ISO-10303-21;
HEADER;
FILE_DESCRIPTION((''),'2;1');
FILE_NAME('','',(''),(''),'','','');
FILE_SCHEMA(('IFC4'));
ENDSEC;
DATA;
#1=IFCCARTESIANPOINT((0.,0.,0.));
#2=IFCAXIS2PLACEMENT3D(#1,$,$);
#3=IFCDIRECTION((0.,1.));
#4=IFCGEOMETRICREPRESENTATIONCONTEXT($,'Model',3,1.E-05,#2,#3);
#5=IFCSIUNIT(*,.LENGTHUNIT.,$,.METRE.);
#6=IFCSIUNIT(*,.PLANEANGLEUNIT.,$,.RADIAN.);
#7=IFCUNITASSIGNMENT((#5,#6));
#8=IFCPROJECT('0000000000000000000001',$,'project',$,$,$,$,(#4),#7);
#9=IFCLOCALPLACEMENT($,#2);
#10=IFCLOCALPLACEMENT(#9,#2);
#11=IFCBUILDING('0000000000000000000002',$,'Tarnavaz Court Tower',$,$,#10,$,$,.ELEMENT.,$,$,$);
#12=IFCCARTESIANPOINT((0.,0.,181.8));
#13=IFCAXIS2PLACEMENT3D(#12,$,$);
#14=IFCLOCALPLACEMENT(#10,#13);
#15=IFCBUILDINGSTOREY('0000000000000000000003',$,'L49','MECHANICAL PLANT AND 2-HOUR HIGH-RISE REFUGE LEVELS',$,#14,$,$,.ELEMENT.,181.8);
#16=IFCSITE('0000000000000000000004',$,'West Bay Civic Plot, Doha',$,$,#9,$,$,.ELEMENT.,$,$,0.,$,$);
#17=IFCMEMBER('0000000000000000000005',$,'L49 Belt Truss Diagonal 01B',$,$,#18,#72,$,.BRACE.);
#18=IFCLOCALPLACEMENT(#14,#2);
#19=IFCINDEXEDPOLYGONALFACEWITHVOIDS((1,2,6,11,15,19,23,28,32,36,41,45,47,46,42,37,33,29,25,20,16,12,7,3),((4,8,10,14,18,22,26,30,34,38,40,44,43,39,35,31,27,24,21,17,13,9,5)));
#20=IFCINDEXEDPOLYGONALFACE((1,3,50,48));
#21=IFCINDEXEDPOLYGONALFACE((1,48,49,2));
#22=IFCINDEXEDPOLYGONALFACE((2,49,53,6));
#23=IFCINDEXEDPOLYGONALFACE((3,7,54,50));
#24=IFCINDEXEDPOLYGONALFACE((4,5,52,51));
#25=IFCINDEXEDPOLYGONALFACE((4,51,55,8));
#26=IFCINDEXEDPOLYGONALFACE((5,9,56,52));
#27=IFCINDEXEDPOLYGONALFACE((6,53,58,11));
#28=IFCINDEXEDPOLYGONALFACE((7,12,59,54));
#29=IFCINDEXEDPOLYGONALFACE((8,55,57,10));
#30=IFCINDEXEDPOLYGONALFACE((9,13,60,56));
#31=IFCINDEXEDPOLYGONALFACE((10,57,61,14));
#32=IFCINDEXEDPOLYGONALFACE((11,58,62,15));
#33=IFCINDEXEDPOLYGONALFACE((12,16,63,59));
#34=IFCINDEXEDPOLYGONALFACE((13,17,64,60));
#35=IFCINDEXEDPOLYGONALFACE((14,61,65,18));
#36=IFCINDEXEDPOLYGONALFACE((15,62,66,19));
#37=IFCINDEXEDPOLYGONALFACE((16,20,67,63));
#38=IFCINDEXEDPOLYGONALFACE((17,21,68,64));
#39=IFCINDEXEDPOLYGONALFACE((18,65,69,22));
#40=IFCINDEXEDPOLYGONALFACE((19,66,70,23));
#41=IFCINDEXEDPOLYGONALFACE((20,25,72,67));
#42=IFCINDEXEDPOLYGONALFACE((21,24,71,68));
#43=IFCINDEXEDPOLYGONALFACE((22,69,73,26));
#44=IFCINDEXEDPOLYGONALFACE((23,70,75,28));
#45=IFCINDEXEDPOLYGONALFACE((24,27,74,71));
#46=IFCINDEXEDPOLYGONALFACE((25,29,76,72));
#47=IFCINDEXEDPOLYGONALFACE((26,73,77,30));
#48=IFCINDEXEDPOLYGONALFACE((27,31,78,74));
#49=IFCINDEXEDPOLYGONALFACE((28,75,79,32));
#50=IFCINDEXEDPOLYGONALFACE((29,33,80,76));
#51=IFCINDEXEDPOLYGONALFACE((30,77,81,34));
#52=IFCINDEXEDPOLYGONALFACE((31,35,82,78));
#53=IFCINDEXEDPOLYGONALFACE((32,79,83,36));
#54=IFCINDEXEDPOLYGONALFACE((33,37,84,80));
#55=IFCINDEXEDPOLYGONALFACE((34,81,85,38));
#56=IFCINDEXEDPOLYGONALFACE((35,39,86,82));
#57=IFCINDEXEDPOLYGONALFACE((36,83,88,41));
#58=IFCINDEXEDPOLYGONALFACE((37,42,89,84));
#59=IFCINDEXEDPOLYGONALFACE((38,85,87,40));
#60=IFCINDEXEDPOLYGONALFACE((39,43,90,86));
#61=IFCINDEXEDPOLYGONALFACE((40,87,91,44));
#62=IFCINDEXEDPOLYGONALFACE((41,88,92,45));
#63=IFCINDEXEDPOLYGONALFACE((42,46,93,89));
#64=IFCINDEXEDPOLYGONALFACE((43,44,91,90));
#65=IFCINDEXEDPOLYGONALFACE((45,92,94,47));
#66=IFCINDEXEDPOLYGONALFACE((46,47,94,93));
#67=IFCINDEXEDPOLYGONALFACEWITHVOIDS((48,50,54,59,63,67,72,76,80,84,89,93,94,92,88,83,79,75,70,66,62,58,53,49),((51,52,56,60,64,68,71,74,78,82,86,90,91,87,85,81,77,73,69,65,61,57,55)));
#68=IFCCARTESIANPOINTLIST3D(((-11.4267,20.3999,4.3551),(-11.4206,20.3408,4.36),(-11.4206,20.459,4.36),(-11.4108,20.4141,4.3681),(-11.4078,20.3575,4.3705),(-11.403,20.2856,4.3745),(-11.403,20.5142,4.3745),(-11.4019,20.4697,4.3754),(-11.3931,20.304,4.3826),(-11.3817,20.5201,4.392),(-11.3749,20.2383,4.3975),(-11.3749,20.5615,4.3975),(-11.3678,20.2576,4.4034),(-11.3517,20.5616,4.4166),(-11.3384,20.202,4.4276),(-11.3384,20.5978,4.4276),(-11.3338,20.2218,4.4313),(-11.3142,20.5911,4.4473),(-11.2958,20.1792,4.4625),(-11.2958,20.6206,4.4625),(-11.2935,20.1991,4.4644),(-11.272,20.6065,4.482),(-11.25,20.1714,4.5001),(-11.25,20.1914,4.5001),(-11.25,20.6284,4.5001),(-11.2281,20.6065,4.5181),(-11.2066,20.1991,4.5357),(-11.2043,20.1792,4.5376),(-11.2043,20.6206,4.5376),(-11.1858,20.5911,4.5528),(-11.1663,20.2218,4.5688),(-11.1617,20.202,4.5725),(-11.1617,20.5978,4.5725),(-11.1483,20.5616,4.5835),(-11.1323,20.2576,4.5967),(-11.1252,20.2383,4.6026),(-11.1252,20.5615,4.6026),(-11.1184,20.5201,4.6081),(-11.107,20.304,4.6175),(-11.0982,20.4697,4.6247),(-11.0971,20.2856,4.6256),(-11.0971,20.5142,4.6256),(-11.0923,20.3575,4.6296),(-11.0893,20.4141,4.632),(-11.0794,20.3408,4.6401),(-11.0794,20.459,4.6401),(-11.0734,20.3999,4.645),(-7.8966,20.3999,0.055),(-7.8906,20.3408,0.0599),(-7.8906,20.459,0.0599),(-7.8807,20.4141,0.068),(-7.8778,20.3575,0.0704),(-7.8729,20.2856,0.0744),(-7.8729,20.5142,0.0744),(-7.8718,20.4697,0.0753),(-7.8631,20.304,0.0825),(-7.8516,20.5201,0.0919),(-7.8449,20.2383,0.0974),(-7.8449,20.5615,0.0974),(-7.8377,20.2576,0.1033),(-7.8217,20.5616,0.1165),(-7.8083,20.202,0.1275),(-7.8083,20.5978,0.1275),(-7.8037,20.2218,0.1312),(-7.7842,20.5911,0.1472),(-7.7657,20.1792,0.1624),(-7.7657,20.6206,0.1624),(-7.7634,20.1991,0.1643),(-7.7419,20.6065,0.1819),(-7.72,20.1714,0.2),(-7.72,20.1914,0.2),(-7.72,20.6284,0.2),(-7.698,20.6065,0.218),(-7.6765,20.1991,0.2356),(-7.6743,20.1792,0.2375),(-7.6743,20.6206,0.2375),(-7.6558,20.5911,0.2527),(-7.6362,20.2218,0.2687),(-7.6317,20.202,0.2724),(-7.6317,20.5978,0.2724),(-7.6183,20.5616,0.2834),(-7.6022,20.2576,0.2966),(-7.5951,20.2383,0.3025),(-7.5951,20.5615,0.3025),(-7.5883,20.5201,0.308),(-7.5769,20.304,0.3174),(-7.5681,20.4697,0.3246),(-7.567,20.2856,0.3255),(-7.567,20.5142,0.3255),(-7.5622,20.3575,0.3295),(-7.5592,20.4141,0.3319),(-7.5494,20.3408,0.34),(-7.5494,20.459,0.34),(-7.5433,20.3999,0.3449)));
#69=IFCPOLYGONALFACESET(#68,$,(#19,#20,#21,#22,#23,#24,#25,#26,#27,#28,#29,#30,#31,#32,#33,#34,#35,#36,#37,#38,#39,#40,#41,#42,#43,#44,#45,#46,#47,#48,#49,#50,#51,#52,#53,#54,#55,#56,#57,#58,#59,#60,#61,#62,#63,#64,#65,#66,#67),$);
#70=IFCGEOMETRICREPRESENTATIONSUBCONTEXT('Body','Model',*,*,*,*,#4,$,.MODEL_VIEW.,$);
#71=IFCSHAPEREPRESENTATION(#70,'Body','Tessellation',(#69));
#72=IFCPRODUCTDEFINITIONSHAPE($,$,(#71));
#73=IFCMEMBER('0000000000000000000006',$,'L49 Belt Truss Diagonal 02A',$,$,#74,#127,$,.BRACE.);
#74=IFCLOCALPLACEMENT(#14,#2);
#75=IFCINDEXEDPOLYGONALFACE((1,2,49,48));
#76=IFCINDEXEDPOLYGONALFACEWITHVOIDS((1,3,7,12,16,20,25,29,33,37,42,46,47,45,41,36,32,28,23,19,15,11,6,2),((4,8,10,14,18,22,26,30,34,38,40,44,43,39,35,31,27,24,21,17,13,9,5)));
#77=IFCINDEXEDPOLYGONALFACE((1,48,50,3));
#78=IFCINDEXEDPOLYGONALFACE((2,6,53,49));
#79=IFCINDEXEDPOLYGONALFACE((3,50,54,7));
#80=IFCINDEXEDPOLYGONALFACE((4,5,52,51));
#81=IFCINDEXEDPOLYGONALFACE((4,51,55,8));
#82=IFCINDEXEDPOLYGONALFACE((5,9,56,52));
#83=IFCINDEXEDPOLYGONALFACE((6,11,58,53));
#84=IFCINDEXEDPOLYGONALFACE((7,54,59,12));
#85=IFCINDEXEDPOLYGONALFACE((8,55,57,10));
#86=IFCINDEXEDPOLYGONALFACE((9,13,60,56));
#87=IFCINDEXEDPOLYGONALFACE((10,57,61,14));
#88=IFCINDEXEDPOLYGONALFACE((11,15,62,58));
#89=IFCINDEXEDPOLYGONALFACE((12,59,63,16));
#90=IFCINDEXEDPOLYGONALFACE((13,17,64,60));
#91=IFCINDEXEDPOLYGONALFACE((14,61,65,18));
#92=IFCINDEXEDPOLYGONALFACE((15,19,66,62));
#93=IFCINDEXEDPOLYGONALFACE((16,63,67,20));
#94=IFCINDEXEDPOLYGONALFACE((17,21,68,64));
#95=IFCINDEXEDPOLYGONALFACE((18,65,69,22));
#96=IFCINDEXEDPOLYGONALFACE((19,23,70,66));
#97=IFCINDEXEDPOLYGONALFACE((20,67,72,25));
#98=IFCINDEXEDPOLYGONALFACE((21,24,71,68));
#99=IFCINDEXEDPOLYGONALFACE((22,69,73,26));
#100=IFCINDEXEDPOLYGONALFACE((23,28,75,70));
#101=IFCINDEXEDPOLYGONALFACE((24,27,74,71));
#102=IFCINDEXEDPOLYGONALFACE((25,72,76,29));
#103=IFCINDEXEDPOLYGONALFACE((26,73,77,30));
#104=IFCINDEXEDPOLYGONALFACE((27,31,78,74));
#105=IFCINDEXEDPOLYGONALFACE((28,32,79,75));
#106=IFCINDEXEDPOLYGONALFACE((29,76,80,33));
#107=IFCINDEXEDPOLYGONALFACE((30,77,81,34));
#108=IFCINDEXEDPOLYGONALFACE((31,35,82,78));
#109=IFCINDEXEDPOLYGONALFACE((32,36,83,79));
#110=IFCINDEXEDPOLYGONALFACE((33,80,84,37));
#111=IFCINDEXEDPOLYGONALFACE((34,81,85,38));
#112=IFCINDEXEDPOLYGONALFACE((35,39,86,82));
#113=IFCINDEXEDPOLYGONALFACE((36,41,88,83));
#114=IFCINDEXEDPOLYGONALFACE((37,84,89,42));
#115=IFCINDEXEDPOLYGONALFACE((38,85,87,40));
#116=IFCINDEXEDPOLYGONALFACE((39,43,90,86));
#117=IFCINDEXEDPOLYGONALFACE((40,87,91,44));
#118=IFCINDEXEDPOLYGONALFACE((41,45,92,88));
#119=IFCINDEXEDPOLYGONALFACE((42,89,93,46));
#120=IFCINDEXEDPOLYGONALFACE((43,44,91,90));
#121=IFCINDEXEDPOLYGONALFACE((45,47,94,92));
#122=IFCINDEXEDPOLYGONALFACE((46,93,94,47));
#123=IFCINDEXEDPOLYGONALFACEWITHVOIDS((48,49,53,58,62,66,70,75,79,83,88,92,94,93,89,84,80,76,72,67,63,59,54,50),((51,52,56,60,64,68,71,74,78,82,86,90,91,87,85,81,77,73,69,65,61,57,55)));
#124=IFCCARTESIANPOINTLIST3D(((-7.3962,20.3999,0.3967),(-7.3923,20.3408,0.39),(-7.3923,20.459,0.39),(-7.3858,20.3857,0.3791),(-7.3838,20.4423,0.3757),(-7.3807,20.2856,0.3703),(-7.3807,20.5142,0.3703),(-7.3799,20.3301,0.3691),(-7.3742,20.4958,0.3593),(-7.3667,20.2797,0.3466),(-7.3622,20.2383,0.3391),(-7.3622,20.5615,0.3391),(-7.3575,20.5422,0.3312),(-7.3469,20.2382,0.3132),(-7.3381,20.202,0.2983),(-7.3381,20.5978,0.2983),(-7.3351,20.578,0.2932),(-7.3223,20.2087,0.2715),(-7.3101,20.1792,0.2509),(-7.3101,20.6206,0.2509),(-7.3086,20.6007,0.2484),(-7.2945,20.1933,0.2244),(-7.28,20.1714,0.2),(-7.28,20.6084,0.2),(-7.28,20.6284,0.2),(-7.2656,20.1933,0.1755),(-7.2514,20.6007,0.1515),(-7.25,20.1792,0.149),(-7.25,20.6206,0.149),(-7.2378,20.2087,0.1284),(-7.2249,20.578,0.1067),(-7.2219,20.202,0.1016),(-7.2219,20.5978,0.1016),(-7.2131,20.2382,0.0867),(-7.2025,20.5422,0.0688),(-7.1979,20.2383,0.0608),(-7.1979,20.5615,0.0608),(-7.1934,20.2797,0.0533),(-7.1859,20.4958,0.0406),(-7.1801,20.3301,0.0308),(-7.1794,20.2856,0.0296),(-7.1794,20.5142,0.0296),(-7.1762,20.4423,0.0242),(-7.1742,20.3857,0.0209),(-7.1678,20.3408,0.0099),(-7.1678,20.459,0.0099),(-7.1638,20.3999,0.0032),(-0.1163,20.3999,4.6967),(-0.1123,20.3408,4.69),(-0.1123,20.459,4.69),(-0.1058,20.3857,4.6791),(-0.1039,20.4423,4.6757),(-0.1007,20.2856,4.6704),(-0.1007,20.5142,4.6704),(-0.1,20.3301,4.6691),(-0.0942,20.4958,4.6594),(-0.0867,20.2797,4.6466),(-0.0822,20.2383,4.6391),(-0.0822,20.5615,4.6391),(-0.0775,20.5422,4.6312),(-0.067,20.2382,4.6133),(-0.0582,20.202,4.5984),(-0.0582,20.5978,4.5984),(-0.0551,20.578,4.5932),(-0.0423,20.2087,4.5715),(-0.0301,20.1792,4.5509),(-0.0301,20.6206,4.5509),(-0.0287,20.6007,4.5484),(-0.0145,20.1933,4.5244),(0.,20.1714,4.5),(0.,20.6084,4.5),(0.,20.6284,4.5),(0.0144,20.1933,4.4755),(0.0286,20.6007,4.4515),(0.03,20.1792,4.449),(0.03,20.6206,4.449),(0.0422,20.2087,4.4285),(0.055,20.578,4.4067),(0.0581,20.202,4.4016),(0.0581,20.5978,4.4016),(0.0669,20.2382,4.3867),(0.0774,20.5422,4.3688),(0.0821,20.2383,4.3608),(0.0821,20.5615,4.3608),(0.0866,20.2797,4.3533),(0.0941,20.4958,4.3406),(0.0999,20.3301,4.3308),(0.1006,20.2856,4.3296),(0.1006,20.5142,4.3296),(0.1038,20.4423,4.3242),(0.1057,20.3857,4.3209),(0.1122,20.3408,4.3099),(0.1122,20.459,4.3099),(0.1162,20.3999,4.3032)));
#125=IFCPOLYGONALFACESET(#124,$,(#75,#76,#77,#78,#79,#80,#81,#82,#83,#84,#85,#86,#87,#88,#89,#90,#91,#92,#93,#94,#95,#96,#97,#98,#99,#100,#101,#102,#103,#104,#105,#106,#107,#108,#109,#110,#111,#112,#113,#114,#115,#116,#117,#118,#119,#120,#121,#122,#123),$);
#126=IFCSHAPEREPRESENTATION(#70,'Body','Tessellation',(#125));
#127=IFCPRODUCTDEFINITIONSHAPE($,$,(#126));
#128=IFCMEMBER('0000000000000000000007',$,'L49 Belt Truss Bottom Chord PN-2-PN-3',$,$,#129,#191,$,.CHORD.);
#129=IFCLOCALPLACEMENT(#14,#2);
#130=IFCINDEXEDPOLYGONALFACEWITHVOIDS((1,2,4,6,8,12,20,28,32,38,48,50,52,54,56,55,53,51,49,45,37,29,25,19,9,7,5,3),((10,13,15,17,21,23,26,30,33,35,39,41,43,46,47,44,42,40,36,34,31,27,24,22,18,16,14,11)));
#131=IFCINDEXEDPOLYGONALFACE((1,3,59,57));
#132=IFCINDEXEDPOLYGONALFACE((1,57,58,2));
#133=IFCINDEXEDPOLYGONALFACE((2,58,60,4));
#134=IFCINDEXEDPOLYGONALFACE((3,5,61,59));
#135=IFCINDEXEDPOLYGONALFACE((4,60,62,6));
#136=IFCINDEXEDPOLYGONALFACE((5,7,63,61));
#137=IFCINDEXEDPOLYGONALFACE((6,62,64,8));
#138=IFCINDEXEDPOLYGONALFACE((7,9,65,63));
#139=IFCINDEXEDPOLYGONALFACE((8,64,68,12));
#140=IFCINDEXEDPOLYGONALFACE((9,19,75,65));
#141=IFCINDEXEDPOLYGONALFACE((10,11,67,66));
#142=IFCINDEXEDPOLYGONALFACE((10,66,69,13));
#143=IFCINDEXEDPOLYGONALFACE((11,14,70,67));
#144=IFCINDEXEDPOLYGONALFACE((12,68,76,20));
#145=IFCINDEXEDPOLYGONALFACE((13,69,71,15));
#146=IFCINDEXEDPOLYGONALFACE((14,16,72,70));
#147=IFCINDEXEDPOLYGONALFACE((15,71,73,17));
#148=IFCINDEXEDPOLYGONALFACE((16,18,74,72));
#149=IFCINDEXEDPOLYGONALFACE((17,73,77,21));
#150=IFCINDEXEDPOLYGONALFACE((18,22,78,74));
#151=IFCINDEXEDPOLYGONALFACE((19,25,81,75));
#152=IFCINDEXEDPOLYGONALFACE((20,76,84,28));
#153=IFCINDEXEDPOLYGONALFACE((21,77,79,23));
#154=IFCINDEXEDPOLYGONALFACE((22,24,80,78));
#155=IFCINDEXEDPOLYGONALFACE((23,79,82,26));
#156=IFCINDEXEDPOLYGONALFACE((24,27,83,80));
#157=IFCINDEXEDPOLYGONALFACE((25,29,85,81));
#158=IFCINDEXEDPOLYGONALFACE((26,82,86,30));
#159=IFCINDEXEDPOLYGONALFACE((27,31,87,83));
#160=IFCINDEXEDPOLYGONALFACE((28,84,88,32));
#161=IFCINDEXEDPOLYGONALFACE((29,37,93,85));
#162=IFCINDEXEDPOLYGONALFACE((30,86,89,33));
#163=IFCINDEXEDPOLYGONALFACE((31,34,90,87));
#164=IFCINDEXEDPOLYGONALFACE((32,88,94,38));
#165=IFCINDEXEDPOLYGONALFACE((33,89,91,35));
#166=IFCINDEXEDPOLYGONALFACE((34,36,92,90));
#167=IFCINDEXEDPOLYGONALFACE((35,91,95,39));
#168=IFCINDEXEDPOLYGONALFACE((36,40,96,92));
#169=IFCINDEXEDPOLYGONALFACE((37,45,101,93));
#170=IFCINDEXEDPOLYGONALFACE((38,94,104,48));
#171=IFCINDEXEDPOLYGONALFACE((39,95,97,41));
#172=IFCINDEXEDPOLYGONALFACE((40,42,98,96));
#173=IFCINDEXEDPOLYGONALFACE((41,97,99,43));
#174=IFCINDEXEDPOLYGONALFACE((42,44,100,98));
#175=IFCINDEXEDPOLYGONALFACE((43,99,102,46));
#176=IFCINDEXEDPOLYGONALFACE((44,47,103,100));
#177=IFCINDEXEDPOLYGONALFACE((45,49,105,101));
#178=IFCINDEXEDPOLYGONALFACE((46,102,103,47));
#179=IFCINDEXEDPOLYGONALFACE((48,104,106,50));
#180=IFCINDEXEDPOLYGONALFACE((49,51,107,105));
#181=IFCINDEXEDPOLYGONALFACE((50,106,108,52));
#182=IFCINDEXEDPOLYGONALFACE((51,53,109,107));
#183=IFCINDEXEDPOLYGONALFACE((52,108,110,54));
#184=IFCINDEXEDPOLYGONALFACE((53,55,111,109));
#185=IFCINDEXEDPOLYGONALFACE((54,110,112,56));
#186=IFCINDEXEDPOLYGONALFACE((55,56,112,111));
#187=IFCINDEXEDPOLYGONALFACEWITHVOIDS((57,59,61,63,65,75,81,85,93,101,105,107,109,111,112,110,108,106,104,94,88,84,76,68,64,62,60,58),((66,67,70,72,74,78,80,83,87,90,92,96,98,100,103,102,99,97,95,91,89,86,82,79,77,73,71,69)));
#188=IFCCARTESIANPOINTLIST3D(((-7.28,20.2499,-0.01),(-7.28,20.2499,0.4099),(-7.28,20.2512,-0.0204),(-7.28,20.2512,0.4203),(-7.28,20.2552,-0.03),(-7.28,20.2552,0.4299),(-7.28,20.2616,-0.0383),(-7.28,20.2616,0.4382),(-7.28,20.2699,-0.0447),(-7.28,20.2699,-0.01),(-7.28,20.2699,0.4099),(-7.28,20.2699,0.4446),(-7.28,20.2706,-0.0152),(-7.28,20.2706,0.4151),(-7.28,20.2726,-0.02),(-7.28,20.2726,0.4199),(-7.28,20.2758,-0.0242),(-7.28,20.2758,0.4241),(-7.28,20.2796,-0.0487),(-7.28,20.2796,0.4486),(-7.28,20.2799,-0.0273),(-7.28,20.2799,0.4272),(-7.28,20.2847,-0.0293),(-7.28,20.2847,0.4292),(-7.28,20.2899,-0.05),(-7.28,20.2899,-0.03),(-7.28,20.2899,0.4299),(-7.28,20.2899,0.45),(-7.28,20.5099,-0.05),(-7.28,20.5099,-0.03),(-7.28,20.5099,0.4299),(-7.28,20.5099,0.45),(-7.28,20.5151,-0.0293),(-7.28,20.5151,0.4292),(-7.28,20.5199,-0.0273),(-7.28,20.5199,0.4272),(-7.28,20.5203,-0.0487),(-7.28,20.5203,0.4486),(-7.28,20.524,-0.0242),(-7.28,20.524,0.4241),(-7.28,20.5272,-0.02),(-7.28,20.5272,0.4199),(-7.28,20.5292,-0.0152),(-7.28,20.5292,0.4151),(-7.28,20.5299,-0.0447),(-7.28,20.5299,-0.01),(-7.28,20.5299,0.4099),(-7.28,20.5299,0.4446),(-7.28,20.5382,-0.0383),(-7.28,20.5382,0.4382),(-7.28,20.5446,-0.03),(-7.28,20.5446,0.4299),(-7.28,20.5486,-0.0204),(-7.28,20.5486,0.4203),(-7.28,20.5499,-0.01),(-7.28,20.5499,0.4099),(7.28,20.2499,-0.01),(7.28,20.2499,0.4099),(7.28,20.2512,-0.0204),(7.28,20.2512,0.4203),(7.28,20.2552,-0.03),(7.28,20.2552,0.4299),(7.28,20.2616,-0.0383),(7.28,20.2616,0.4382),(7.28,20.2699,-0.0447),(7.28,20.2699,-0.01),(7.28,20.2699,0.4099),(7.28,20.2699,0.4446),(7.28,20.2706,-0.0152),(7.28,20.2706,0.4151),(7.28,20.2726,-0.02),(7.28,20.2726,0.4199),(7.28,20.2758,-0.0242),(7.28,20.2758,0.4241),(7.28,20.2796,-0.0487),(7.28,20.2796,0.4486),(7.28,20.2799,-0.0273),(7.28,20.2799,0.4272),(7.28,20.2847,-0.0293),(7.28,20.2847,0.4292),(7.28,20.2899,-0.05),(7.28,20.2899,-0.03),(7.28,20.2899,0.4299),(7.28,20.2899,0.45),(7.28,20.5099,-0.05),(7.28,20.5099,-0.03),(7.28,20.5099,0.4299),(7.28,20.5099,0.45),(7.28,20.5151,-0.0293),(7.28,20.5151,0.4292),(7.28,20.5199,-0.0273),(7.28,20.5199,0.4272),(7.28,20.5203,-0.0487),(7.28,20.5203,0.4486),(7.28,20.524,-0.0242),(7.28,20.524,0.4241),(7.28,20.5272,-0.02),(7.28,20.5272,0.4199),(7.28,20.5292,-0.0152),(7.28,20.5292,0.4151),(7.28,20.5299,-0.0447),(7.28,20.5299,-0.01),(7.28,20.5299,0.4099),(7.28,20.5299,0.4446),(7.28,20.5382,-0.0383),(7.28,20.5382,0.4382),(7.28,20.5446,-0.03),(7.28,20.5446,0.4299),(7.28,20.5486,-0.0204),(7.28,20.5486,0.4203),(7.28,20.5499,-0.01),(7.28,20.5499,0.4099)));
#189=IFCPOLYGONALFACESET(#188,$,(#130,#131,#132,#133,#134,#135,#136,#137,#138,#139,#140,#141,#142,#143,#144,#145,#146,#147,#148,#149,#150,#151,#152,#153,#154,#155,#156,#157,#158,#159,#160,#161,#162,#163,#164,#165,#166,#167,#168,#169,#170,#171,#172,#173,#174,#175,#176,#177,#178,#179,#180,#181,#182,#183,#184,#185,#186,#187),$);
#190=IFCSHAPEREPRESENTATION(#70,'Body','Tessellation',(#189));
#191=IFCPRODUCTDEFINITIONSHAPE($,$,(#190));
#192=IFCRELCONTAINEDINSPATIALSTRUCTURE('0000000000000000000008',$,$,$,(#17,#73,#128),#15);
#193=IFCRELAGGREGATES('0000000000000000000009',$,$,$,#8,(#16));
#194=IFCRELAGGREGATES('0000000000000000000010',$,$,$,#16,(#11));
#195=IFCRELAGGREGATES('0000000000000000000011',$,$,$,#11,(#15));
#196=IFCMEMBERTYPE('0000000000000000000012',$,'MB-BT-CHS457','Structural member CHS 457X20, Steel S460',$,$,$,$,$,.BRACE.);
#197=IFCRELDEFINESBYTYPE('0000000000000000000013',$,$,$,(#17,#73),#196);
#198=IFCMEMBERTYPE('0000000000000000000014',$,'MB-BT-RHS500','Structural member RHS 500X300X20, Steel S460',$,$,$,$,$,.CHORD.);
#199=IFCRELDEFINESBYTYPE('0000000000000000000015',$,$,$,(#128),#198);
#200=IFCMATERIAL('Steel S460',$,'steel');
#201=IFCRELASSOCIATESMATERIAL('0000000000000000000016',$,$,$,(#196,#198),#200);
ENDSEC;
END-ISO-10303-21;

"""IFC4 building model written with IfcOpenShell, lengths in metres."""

from ifc_helpers import new_model, si_unit, direction, frame, origin, origin_2d, place, context, subcontext, project, spatial, hollow_rectangle, hollow_circle, extrude, material, material_profile, profile_set, type_object, element, save


model = new_model("IFC4")

# Units and contexts
model_context = context("Model", 3, precision=1e-05, world=origin(), true_north=direction((0.0, 1.0)))
body_context = subcontext(model_context, "Body", "Model", "MODEL_VIEW")
ifc_project = project(units=[si_unit("LENGTHUNIT", "METRE"), si_unit("PLANEANGLEUNIT", "RADIAN")], contexts=[model_context])

# Site, building, storey
site_placement = place(None, origin())
site = spatial("IfcSite", under=ifc_project, at=site_placement, Name="West Bay Civic Plot, Doha", CompositionType="ELEMENT", RefElevation=0.0)
building_placement = place(site_placement, origin())
building = spatial("IfcBuilding", under=site, at=building_placement, Name="Tarnavaz Court Tower", CompositionType="ELEMENT")
storey_placement = place(building_placement, frame((0.0, 0.0, 181.8)))
storey = spatial("IfcBuildingStorey", under=building, at=storey_placement, Name="L49", Description="MECHANICAL PLANT AND 2-HOUR HIGH-RISE REFUGE LEVELS", CompositionType="ELEMENT", Elevation=181.8)

# Shared definitions
ifc_material_1 = material(Name="Steel S460", Category="steel")

# Members
ifc_material_profile_1 = material_profile(ifc_material_1, hollow_circle(Radius=0.2285, WallThickness=0.02, at=origin_2d()), Name="CHS 457X20")
ifc_profile_set_1 = profile_set([ifc_material_profile_1], Name="Steel S460")
member_type_1 = type_object("IfcMemberType", Name="MB-BT-CHS457", Description="Structural member CHS 457X20, Steel S460", PredefinedType="BRACE", material=ifc_profile_set_1)
member_1_placement = place(storey_placement, frame((-7.72, 20.3999, 0.2), z_axis=(-0.634508, 0.0, 0.772916), x_axis=(0.0, -1.0, 0.0)))
element("IfcMember", 1, at=member_1_placement, inside=storey, type_object=member_type_1, Name="L49 Belt Truss Diagonal 01B", PredefinedType="BRACE", context=body_context, shape_type="SweptSolid", body=[
    extrude(hollow_circle(Radius=0.2285, WallThickness=0.02, at=origin_2d()), origin(), (0.0, 0.0, 1.0), 5.5635),
])
member_2_placement = place(storey_placement, frame((-7.28, 20.3999, 0.2), z_axis=(0.861019, 0.0, 0.508573), x_axis=(0.0, 1.0, 0.0)))
element("IfcMember", 2, at=member_2_placement, inside=storey, type_object=member_type_1, Name="L49 Belt Truss Diagonal 02A", PredefinedType="BRACE", context=body_context, shape_type="SweptSolid", body=[
    extrude(hollow_circle(Radius=0.2285, WallThickness=0.02, at=origin_2d()), origin(), (0.0, 0.0, 1.0), 8.4551),
])
ifc_material_profile_2 = material_profile(ifc_material_1, hollow_rectangle(XDim=0.3, YDim=0.5, WallThickness=0.02, InnerFilletRadius=0.02, OuterFilletRadius=0.04, at=origin_2d()), Name="RHS 500X300X20")
ifc_profile_set_2 = profile_set([ifc_material_profile_2], Name="Steel S460")
member_type_2 = type_object("IfcMemberType", Name="MB-BT-RHS500", Description="Structural member RHS 500X300X20, Steel S460", PredefinedType="CHORD", material=ifc_profile_set_2)
member_3_placement = place(storey_placement, frame((-7.28, 20.3999, 0.2), z_axis=(1.0, 0.0, 0.0), x_axis=(0.0, 1.0, 0.0)))
element("IfcMember", 3, at=member_3_placement, inside=storey, type_object=member_type_2, Name="L49 Belt Truss Bottom Chord PN-2-PN-3", PredefinedType="CHORD", context=body_context, shape_type="SweptSolid", body=[
    extrude(hollow_rectangle(XDim=0.3, YDim=0.5, WallThickness=0.02, InnerFilletRadius=0.02, OuterFilletRadius=0.04, at=origin_2d()), origin(), (0.0, 0.0, 1.0), 14.5601),
])

save(model, "model.ifc")
